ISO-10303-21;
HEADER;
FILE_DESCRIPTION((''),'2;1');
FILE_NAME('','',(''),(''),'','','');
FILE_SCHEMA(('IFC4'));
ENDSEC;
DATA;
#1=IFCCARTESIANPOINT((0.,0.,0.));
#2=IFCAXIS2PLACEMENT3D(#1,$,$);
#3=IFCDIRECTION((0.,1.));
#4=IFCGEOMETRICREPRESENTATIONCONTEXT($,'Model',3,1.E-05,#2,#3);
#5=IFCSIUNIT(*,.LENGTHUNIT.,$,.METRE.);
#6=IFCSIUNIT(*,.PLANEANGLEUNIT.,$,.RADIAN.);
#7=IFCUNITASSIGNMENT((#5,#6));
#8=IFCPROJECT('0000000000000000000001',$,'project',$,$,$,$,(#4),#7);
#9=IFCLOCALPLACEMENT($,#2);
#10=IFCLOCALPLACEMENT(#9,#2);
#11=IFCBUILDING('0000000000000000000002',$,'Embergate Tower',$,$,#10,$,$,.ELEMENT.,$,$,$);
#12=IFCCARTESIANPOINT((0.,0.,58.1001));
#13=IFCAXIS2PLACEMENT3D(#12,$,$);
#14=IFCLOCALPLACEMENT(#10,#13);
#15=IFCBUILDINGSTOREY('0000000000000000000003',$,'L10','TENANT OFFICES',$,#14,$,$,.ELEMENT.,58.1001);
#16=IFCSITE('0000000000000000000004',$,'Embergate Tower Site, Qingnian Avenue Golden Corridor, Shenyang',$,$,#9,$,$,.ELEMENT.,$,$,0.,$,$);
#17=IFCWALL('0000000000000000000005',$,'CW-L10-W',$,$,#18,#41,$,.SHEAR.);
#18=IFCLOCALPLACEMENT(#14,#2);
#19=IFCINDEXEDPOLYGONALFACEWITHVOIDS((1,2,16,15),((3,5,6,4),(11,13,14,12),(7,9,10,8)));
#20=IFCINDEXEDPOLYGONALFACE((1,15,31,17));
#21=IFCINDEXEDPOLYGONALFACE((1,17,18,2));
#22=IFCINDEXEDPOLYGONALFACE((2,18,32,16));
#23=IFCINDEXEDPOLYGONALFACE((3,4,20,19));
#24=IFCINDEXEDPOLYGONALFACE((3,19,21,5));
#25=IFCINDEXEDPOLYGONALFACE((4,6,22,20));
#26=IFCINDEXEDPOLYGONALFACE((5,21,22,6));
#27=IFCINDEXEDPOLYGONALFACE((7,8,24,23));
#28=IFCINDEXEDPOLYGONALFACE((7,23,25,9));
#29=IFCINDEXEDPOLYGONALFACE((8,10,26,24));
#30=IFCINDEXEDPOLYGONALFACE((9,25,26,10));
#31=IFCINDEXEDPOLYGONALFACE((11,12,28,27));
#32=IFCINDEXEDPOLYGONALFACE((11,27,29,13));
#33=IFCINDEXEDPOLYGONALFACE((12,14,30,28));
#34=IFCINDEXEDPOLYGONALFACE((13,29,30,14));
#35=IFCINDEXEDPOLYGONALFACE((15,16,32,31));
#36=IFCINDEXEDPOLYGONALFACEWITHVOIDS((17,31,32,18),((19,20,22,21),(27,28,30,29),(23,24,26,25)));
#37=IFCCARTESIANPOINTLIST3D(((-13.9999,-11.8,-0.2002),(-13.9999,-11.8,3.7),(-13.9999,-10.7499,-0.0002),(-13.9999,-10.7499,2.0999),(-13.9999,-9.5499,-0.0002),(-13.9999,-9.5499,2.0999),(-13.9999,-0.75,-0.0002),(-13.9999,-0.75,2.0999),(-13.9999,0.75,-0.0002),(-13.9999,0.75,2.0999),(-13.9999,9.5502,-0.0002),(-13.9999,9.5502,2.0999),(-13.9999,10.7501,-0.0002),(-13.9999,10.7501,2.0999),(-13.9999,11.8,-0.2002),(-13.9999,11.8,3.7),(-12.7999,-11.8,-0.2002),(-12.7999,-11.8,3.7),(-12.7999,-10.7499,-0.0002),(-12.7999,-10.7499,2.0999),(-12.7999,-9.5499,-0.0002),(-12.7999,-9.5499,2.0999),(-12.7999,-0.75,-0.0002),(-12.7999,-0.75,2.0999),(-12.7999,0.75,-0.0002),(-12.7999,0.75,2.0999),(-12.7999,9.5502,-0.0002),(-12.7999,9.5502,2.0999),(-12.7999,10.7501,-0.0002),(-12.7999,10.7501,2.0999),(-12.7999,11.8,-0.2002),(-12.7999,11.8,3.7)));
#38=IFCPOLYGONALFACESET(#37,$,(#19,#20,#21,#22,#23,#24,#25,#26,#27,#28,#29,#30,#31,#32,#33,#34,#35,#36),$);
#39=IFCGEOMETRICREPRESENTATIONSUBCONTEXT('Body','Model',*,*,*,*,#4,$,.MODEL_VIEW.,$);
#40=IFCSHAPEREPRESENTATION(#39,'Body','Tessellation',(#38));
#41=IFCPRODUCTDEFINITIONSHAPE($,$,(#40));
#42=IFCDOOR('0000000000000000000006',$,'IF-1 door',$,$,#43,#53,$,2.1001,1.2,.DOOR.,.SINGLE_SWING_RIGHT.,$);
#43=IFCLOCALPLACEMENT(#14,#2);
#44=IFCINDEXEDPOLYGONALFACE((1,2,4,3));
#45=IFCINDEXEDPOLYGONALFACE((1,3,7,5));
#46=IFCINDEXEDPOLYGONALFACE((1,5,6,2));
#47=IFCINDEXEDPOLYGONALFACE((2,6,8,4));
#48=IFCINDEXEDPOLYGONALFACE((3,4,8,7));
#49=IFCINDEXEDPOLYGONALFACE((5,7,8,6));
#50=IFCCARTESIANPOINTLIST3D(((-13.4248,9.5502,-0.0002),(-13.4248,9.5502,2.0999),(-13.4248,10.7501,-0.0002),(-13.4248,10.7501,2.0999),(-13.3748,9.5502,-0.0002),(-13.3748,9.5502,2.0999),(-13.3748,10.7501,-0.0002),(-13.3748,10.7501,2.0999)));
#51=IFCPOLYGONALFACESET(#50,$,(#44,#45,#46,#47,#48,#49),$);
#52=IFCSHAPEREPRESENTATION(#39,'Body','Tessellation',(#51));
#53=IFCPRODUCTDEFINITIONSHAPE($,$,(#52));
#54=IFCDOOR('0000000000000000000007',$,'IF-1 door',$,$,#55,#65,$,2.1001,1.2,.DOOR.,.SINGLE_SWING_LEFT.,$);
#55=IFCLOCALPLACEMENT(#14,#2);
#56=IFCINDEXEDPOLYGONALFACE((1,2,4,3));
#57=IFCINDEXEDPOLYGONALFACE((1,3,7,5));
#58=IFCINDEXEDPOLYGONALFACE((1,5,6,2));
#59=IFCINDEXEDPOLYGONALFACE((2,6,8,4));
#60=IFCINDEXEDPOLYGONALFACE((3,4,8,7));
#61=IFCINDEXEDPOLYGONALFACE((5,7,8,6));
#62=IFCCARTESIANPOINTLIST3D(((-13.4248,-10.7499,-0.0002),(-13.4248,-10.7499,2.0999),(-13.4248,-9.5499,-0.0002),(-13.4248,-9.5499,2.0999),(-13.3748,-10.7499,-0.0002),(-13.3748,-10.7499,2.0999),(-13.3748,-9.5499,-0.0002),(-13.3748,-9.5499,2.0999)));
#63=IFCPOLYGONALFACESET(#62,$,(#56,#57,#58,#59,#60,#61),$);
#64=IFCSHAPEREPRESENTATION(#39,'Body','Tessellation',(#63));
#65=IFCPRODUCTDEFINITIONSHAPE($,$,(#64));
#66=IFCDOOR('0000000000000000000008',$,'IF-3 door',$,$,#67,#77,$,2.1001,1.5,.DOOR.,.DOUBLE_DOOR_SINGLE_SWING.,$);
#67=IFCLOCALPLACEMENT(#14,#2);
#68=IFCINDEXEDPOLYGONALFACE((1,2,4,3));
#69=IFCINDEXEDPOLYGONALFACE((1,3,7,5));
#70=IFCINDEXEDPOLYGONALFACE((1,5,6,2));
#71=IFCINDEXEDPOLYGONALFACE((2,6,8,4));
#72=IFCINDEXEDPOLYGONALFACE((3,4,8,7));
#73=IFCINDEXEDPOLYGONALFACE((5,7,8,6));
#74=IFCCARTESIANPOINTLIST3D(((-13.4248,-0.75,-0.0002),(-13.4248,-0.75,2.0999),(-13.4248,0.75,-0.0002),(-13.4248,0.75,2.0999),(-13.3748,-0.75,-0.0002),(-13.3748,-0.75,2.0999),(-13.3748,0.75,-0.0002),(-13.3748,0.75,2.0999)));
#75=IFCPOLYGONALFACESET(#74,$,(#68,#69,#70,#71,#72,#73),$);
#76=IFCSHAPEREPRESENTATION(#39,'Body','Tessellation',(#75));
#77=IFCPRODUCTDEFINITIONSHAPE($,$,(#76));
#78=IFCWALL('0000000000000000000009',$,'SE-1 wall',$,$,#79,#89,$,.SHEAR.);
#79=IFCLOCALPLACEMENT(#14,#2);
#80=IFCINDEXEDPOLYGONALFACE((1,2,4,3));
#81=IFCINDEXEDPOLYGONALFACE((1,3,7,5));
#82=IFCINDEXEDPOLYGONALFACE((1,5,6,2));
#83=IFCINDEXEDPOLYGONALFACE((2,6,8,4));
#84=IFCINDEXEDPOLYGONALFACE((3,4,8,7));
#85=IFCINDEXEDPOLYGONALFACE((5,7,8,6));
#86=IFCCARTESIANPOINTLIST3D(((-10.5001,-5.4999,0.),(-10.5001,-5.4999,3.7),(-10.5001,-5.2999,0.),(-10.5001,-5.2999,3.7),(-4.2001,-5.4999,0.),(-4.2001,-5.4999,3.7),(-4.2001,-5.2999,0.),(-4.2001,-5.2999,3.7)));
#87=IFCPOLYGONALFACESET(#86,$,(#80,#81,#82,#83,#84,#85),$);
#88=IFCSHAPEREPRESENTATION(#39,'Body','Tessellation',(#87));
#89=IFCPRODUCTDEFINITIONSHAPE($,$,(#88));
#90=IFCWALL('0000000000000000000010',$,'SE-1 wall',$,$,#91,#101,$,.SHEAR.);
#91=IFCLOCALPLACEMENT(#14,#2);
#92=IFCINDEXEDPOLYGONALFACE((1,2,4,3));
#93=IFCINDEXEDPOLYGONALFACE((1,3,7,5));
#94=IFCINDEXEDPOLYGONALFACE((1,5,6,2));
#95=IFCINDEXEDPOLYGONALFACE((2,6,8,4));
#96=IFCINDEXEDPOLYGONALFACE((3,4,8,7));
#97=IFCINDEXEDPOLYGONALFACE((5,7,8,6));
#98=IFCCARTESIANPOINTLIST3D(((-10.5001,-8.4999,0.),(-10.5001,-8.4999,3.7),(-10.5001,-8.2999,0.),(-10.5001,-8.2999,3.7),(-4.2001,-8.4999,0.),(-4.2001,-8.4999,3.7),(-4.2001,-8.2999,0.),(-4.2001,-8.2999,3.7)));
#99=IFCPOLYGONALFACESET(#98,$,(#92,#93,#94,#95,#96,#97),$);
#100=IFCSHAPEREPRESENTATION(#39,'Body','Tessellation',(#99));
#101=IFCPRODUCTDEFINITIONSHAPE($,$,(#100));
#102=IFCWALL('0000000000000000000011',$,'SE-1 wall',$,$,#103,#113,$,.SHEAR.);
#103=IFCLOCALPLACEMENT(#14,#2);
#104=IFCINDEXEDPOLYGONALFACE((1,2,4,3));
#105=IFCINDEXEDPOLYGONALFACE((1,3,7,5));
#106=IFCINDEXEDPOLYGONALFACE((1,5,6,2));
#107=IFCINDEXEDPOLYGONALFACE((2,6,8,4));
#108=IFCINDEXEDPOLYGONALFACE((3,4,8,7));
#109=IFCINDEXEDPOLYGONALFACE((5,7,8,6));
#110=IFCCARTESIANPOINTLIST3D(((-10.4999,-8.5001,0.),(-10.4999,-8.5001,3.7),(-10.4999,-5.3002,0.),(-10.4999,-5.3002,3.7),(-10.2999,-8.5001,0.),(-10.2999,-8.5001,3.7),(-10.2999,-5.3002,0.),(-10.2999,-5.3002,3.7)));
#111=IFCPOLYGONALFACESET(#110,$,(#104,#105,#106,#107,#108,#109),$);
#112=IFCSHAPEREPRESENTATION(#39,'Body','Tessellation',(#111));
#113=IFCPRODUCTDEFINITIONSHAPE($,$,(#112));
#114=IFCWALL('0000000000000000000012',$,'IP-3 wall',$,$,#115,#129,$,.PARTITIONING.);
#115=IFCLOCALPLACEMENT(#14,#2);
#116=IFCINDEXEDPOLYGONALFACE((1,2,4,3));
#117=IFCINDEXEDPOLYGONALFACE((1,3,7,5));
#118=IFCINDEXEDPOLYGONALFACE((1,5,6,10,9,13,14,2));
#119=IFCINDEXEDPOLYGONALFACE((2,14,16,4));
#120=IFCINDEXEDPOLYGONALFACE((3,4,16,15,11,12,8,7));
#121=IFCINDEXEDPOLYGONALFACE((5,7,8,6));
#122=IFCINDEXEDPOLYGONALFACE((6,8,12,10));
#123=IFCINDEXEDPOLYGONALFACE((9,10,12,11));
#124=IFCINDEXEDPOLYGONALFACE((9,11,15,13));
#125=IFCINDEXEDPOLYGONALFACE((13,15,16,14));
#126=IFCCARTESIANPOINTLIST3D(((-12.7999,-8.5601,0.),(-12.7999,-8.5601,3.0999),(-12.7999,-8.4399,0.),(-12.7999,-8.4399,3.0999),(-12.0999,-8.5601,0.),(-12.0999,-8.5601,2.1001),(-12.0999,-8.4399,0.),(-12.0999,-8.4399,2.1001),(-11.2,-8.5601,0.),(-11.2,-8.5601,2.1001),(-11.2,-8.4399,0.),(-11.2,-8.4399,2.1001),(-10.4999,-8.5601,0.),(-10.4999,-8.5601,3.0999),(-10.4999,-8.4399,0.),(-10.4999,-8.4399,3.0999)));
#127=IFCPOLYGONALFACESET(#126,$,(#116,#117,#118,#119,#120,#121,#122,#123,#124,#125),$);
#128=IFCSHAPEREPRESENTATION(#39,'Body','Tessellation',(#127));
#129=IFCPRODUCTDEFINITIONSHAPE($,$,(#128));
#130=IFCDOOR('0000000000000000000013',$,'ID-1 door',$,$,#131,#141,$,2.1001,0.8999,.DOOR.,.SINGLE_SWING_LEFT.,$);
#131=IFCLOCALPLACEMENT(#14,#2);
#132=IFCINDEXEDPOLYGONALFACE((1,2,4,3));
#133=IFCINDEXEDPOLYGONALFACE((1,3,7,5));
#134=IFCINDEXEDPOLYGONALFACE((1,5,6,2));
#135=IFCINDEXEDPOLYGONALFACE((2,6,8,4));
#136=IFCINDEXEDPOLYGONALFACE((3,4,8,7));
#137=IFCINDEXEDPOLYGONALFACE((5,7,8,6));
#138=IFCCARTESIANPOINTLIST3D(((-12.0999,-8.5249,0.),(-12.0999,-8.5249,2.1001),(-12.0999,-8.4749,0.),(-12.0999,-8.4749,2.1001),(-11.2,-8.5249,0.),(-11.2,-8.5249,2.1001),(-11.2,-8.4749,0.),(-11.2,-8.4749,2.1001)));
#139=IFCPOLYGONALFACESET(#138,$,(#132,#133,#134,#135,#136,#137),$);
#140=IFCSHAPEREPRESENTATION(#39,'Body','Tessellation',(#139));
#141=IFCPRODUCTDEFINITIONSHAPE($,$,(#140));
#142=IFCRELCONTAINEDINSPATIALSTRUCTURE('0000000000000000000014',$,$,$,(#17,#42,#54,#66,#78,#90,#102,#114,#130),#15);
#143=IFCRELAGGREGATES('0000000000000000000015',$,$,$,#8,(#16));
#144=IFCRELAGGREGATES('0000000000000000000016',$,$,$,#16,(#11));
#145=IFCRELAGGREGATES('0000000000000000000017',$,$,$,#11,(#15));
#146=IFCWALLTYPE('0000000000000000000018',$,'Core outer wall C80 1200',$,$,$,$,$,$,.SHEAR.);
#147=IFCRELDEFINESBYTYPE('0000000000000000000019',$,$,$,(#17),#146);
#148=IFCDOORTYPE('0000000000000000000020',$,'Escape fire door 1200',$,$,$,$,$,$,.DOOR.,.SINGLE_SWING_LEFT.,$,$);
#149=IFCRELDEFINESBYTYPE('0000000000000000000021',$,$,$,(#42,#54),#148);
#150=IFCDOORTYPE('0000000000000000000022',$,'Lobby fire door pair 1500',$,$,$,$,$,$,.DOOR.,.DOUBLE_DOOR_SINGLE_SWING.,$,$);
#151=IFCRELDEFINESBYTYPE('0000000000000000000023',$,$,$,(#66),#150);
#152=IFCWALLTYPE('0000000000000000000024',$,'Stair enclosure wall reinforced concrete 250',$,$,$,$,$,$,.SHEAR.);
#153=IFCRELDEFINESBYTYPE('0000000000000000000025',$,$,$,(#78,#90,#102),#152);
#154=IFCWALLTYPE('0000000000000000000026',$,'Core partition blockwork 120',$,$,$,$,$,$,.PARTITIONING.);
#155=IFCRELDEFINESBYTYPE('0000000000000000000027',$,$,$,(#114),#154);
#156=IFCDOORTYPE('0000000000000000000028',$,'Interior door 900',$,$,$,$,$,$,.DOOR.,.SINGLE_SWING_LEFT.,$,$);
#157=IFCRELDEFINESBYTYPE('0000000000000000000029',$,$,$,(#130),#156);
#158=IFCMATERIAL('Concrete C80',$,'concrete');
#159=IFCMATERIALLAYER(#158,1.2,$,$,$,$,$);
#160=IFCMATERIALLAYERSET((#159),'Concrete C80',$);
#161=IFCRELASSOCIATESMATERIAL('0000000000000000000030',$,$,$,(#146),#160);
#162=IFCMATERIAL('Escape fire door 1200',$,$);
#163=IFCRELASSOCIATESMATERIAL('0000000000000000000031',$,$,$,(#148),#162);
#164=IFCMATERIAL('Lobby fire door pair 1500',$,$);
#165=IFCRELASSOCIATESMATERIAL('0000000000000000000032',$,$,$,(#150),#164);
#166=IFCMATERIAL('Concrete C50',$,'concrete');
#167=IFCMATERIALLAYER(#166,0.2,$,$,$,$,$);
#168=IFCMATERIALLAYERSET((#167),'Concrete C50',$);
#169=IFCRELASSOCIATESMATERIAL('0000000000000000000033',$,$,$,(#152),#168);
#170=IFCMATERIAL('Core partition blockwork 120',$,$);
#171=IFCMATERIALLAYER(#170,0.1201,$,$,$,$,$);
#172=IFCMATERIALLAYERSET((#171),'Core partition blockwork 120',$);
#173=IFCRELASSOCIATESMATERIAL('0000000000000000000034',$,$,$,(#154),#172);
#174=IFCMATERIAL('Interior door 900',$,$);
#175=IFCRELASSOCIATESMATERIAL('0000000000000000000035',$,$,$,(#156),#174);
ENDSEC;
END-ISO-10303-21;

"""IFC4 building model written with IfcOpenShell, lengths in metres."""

from ifc_helpers import new_model, si_unit, direction, frame, frame_2d, origin, place, context, subcontext, project, spatial, rectangle, extrude, source, transform, mapped, material, layer, layer_set, type_object, element, fill, save


model = new_model("IFC4")

# Units and contexts
model_context = context("Model", 3, precision=1e-05, world=origin(), true_north=direction((0.0, 1.0)))
body_context = subcontext(model_context, "Body", "Model", "MODEL_VIEW")
ifc_project = project(units=[si_unit("LENGTHUNIT", "METRE"), si_unit("PLANEANGLEUNIT", "RADIAN")], contexts=[model_context])

# Site, building, storey
site_placement = place(None, origin())
site = spatial("IfcSite", under=ifc_project, at=site_placement, Name="Embergate Tower Site, Qingnian Avenue Golden Corridor, Shenyang", CompositionType="ELEMENT", RefElevation=0.0)
building_placement = place(site_placement, origin())
building = spatial("IfcBuilding", under=site, at=building_placement, Name="Embergate Tower", CompositionType="ELEMENT")
storey_placement = place(building_placement, frame((0.0, 0.0, 58.1001)))
storey = spatial("IfcBuildingStorey", under=building, at=storey_placement, Name="L10", Description="TENANT OFFICES", CompositionType="ELEMENT", Elevation=58.1001)

# Shared definitions
ifc_material_1 = material(Name="Concrete C80", Category="concrete")
ifc_layer_1 = layer(ifc_material_1, 1.2)
ifc_layer_set_1 = layer_set([ifc_layer_1], Name="Concrete C80")
wall_type_1 = type_object("IfcWallType", Name="Core outer wall C80 1200", PredefinedType="SHEAR", material=ifc_layer_set_1)

# Wall, openings, doors
shared_shape_1 = source(origin(), body_context, "Body", "SweptSolid", [
    extrude(rectangle(XDim=23.6001, YDim=1.2, at=frame_2d((11.8, 0.0))), origin(), (0.0, 0.0, 1.0), 3.9001),
])
wall_1_placement = place(storey_placement, frame((-13.3999, -11.8, -0.2002), z_axis=(0.0, 0.0, 1.0), x_axis=(0.0, 1.0, 0.0)))
wall_1 = element("IfcWall", 1, at=wall_1_placement, inside=storey, type_object=wall_type_1, Name="CW-L10-W", PredefinedType="SHEAR", context=body_context, shape_type="MappedRepresentation", body=[
    mapped(shared_shape_1, transform((0.0, 0.0, 0.0))),
])
shared_shape_2 = source(origin(), body_context, "Body", "SweptSolid", [
    extrude(rectangle(XDim=1.2, YDim=2.1001, at=frame_2d((0.6001, 1.05))), frame((0.0, 0.6099, 0.0), z_axis=(0.0, -1.0, 0.0), x_axis=(1.0, 0.0, 0.0)), (0.0, 0.0, 1.0), 1.22),
])
opening_1_placement = place(wall_1_placement, frame((21.3501, 0.0, 0.2)))
opening_1 = element("IfcOpeningElement", 2, at=opening_1_placement, cuts=wall_1, PredefinedType="OPENING", context=body_context, shape_type="MappedRepresentation", body=[
    mapped(shared_shape_2, transform((0.0, 0.0, 0.0))),
])
opening_2_placement = place(wall_1_placement, frame((1.05, 0.0, 0.2)))
opening_2 = element("IfcOpeningElement", 3, at=opening_2_placement, cuts=wall_1, PredefinedType="OPENING", context=body_context, shape_type="MappedRepresentation", body=[
    mapped(shared_shape_2, transform((0.0, 0.0, 0.0))),
])
shared_shape_3 = source(origin(), body_context, "Body", "SweptSolid", [
    extrude(rectangle(XDim=1.5, YDim=2.1001, at=frame_2d((0.75, 1.05))), frame((0.0, 0.6099, 0.0), z_axis=(0.0, -1.0, 0.0), x_axis=(1.0, 0.0, 0.0)), (0.0, 0.0, 1.0), 1.22),
])
opening_3_placement = place(wall_1_placement, frame((11.05, 0.0, 0.2)))
opening_3 = element("IfcOpeningElement", 4, at=opening_3_placement, cuts=wall_1, PredefinedType="OPENING", context=body_context, shape_type="MappedRepresentation", body=[
    mapped(shared_shape_3, transform((0.0, 0.0, 0.0))),
])
ifc_material_2 = material(Name="Escape fire door 1200")
door_type_1 = type_object("IfcDoorType", Name="Escape fire door 1200", OperationType="SINGLE_SWING_LEFT", PredefinedType="DOOR", material=ifc_material_2)
shared_shape_4 = source(origin(), body_context, "Body", "SweptSolid", [
    extrude(rectangle(XDim=1.2, YDim=2.1001, at=frame_2d((0.6001, 1.05))), frame((0.0, 0.0249, 0.0), z_axis=(0.0, -1.0, 0.0), x_axis=(1.0, 0.0, 0.0)), (0.0, 0.0, 1.0), 0.05),
])
door_1_placement = place(opening_1_placement, origin())
door_1 = element("IfcDoor", 5, at=door_1_placement, inside=storey, type_object=door_type_1, Name="IF-1 door", OperationType="SINGLE_SWING_RIGHT", OverallHeight=2.1001, OverallWidth=1.2, PredefinedType="DOOR", context=body_context, shape_type="MappedRepresentation", body=[
    mapped(shared_shape_4, transform((0.0, 0.0, 0.0))),
])
fill(opening_1, door_1)
door_2_placement = place(opening_2_placement, origin())
door_2 = element("IfcDoor", 6, at=door_2_placement, inside=storey, type_object=door_type_1, Name="IF-1 door", OperationType="SINGLE_SWING_LEFT", OverallHeight=2.1001, OverallWidth=1.2, PredefinedType="DOOR", context=body_context, shape_type="MappedRepresentation", body=[
    mapped(shared_shape_4, transform((0.0, 0.0, 0.0))),
])
fill(opening_2, door_2)
ifc_material_3 = material(Name="Lobby fire door pair 1500")
door_type_2 = type_object("IfcDoorType", Name="Lobby fire door pair 1500", OperationType="DOUBLE_DOOR_SINGLE_SWING", PredefinedType="DOOR", material=ifc_material_3)
shared_shape_5 = source(origin(), body_context, "Body", "SweptSolid", [
    extrude(rectangle(XDim=1.5, YDim=2.1001, at=frame_2d((0.75, 1.05))), frame((0.0, 0.0249, 0.0), z_axis=(0.0, -1.0, 0.0), x_axis=(1.0, 0.0, 0.0)), (0.0, 0.0, 1.0), 0.05),
])
door_3_placement = place(opening_3_placement, origin())
door_3 = element("IfcDoor", 7, at=door_3_placement, inside=storey, type_object=door_type_2, Name="IF-3 door", OperationType="DOUBLE_DOOR_SINGLE_SWING", OverallHeight=2.1001, OverallWidth=1.5, PredefinedType="DOOR", context=body_context, shape_type="MappedRepresentation", body=[
    mapped(shared_shape_5, transform((0.0, 0.0, 0.0))),
])
fill(opening_3, door_3)

# Walls
ifc_material_4 = material(Name="Concrete C50", Category="concrete")
ifc_layer_2 = layer(ifc_material_4, 0.2)
ifc_layer_set_2 = layer_set([ifc_layer_2], Name="Concrete C50")
wall_type_2 = type_object("IfcWallType", Name="Stair enclosure wall reinforced concrete 250", PredefinedType="SHEAR", material=ifc_layer_set_2)
shared_shape_6 = source(origin(), body_context, "Body", "SweptSolid", [
    extrude(rectangle(XDim=6.3, YDim=0.2, at=frame_2d((3.1499, 0.0))), origin(), (0.0, 0.0, 1.0), 3.7),
])
for number, where, z_axis, x_axis, name in (
    (8, (-10.5, -5.3999, 0.0), (0.0, 0.0, 1.0), (1.0, 0.0, 0.0), "SE-1 wall"),
    (9, (-10.5, -8.3999, 0.0), (0.0, 0.0, 1.0), (1.0, 0.0, 0.0), "SE-1 wall"),
):
    element("IfcWall", number, at=place(storey_placement, frame(where, z_axis=z_axis, x_axis=x_axis)), inside=storey, type_object=wall_type_2, Name=name, PredefinedType="SHEAR", context=body_context, shape_type="MappedRepresentation", body=[
        mapped(shared_shape_6, transform((0.0, 0.0, 0.0))),
    ])
shared_shape_7 = source(origin(), body_context, "Body", "SweptSolid", [
    extrude(rectangle(XDim=3.2, YDim=0.2, at=frame_2d((1.6001, 0.0))), origin(), (0.0, 0.0, 1.0), 3.7),
])
wall_2_placement = place(storey_placement, frame((-10.3999, -5.3, 0.0), z_axis=(0.0, 0.0, 1.0), x_axis=(0.0, -1.0, 0.0)))
element("IfcWall", 10, at=wall_2_placement, inside=storey, type_object=wall_type_2, Name="SE-1 wall", PredefinedType="SHEAR", context=body_context, shape_type="MappedRepresentation", body=[
    mapped(shared_shape_7, transform((0.0, 0.0, 0.0))),
])

# Wall, opening, door
ifc_material_5 = material(Name="Core partition blockwork 120")
ifc_layer_3 = layer(ifc_material_5, 0.1201)
ifc_layer_set_3 = layer_set([ifc_layer_3], Name="Core partition blockwork 120")
wall_type_3 = type_object("IfcWallType", Name="Core partition blockwork 120", PredefinedType="PARTITIONING", material=ifc_layer_set_3)
shared_shape_8 = source(origin(), body_context, "Body", "SweptSolid", [
    extrude(rectangle(XDim=2.3, YDim=0.1201, at=frame_2d((1.1499, 0.0))), origin(), (0.0, 0.0, 1.0), 3.0999),
])
wall_3_placement = place(storey_placement, frame((-10.5, -8.5, 0.0), z_axis=(0.0, 0.0, 1.0), x_axis=(-1.0, 0.0, 0.0)))
wall_3 = element("IfcWall", 11, at=wall_3_placement, inside=storey, type_object=wall_type_3, Name="IP-3 wall", PredefinedType="PARTITIONING", context=body_context, shape_type="MappedRepresentation", body=[
    mapped(shared_shape_8, transform((0.0, 0.0, 0.0))),
])
shared_shape_9 = source(origin(), body_context, "Body", "SweptSolid", [
    extrude(rectangle(XDim=0.8999, YDim=2.1001, at=frame_2d((0.45, 1.05))), frame((0.0, 0.0701, 0.0), z_axis=(0.0, -1.0, 0.0), x_axis=(1.0, 0.0, 0.0)), (0.0, 0.0, 1.0), 0.1401),
])
opening_4_placement = place(wall_3_placement, frame((0.7, 0.0, 0.0)))
opening_4 = element("IfcOpeningElement", 12, at=opening_4_placement, cuts=wall_3, PredefinedType="OPENING", context=body_context, shape_type="MappedRepresentation", body=[
    mapped(shared_shape_9, transform((0.0, 0.0, 0.0))),
])
ifc_material_6 = material(Name="Interior door 900")
door_type_3 = type_object("IfcDoorType", Name="Interior door 900", OperationType="SINGLE_SWING_LEFT", PredefinedType="DOOR", material=ifc_material_6)
shared_shape_10 = source(origin(), body_context, "Body", "SweptSolid", [
    extrude(rectangle(XDim=0.8999, YDim=2.1001, at=frame_2d((0.45, 1.05))), frame((0.0, 0.0249, 0.0), z_axis=(0.0, -1.0, 0.0), x_axis=(1.0, 0.0, 0.0)), (0.0, 0.0, 1.0), 0.05),
])
door_4_placement = place(opening_4_placement, origin())
door_4 = element("IfcDoor", 13, at=door_4_placement, inside=storey, type_object=door_type_3, Name="ID-1 door", OperationType="SINGLE_SWING_LEFT", OverallHeight=2.1001, OverallWidth=0.8999, PredefinedType="DOOR", context=body_context, shape_type="MappedRepresentation", body=[
    mapped(shared_shape_10, transform((0.0, 0.0, 0.0))),
])
fill(opening_4, door_4)

save(model, "model.ifc")
